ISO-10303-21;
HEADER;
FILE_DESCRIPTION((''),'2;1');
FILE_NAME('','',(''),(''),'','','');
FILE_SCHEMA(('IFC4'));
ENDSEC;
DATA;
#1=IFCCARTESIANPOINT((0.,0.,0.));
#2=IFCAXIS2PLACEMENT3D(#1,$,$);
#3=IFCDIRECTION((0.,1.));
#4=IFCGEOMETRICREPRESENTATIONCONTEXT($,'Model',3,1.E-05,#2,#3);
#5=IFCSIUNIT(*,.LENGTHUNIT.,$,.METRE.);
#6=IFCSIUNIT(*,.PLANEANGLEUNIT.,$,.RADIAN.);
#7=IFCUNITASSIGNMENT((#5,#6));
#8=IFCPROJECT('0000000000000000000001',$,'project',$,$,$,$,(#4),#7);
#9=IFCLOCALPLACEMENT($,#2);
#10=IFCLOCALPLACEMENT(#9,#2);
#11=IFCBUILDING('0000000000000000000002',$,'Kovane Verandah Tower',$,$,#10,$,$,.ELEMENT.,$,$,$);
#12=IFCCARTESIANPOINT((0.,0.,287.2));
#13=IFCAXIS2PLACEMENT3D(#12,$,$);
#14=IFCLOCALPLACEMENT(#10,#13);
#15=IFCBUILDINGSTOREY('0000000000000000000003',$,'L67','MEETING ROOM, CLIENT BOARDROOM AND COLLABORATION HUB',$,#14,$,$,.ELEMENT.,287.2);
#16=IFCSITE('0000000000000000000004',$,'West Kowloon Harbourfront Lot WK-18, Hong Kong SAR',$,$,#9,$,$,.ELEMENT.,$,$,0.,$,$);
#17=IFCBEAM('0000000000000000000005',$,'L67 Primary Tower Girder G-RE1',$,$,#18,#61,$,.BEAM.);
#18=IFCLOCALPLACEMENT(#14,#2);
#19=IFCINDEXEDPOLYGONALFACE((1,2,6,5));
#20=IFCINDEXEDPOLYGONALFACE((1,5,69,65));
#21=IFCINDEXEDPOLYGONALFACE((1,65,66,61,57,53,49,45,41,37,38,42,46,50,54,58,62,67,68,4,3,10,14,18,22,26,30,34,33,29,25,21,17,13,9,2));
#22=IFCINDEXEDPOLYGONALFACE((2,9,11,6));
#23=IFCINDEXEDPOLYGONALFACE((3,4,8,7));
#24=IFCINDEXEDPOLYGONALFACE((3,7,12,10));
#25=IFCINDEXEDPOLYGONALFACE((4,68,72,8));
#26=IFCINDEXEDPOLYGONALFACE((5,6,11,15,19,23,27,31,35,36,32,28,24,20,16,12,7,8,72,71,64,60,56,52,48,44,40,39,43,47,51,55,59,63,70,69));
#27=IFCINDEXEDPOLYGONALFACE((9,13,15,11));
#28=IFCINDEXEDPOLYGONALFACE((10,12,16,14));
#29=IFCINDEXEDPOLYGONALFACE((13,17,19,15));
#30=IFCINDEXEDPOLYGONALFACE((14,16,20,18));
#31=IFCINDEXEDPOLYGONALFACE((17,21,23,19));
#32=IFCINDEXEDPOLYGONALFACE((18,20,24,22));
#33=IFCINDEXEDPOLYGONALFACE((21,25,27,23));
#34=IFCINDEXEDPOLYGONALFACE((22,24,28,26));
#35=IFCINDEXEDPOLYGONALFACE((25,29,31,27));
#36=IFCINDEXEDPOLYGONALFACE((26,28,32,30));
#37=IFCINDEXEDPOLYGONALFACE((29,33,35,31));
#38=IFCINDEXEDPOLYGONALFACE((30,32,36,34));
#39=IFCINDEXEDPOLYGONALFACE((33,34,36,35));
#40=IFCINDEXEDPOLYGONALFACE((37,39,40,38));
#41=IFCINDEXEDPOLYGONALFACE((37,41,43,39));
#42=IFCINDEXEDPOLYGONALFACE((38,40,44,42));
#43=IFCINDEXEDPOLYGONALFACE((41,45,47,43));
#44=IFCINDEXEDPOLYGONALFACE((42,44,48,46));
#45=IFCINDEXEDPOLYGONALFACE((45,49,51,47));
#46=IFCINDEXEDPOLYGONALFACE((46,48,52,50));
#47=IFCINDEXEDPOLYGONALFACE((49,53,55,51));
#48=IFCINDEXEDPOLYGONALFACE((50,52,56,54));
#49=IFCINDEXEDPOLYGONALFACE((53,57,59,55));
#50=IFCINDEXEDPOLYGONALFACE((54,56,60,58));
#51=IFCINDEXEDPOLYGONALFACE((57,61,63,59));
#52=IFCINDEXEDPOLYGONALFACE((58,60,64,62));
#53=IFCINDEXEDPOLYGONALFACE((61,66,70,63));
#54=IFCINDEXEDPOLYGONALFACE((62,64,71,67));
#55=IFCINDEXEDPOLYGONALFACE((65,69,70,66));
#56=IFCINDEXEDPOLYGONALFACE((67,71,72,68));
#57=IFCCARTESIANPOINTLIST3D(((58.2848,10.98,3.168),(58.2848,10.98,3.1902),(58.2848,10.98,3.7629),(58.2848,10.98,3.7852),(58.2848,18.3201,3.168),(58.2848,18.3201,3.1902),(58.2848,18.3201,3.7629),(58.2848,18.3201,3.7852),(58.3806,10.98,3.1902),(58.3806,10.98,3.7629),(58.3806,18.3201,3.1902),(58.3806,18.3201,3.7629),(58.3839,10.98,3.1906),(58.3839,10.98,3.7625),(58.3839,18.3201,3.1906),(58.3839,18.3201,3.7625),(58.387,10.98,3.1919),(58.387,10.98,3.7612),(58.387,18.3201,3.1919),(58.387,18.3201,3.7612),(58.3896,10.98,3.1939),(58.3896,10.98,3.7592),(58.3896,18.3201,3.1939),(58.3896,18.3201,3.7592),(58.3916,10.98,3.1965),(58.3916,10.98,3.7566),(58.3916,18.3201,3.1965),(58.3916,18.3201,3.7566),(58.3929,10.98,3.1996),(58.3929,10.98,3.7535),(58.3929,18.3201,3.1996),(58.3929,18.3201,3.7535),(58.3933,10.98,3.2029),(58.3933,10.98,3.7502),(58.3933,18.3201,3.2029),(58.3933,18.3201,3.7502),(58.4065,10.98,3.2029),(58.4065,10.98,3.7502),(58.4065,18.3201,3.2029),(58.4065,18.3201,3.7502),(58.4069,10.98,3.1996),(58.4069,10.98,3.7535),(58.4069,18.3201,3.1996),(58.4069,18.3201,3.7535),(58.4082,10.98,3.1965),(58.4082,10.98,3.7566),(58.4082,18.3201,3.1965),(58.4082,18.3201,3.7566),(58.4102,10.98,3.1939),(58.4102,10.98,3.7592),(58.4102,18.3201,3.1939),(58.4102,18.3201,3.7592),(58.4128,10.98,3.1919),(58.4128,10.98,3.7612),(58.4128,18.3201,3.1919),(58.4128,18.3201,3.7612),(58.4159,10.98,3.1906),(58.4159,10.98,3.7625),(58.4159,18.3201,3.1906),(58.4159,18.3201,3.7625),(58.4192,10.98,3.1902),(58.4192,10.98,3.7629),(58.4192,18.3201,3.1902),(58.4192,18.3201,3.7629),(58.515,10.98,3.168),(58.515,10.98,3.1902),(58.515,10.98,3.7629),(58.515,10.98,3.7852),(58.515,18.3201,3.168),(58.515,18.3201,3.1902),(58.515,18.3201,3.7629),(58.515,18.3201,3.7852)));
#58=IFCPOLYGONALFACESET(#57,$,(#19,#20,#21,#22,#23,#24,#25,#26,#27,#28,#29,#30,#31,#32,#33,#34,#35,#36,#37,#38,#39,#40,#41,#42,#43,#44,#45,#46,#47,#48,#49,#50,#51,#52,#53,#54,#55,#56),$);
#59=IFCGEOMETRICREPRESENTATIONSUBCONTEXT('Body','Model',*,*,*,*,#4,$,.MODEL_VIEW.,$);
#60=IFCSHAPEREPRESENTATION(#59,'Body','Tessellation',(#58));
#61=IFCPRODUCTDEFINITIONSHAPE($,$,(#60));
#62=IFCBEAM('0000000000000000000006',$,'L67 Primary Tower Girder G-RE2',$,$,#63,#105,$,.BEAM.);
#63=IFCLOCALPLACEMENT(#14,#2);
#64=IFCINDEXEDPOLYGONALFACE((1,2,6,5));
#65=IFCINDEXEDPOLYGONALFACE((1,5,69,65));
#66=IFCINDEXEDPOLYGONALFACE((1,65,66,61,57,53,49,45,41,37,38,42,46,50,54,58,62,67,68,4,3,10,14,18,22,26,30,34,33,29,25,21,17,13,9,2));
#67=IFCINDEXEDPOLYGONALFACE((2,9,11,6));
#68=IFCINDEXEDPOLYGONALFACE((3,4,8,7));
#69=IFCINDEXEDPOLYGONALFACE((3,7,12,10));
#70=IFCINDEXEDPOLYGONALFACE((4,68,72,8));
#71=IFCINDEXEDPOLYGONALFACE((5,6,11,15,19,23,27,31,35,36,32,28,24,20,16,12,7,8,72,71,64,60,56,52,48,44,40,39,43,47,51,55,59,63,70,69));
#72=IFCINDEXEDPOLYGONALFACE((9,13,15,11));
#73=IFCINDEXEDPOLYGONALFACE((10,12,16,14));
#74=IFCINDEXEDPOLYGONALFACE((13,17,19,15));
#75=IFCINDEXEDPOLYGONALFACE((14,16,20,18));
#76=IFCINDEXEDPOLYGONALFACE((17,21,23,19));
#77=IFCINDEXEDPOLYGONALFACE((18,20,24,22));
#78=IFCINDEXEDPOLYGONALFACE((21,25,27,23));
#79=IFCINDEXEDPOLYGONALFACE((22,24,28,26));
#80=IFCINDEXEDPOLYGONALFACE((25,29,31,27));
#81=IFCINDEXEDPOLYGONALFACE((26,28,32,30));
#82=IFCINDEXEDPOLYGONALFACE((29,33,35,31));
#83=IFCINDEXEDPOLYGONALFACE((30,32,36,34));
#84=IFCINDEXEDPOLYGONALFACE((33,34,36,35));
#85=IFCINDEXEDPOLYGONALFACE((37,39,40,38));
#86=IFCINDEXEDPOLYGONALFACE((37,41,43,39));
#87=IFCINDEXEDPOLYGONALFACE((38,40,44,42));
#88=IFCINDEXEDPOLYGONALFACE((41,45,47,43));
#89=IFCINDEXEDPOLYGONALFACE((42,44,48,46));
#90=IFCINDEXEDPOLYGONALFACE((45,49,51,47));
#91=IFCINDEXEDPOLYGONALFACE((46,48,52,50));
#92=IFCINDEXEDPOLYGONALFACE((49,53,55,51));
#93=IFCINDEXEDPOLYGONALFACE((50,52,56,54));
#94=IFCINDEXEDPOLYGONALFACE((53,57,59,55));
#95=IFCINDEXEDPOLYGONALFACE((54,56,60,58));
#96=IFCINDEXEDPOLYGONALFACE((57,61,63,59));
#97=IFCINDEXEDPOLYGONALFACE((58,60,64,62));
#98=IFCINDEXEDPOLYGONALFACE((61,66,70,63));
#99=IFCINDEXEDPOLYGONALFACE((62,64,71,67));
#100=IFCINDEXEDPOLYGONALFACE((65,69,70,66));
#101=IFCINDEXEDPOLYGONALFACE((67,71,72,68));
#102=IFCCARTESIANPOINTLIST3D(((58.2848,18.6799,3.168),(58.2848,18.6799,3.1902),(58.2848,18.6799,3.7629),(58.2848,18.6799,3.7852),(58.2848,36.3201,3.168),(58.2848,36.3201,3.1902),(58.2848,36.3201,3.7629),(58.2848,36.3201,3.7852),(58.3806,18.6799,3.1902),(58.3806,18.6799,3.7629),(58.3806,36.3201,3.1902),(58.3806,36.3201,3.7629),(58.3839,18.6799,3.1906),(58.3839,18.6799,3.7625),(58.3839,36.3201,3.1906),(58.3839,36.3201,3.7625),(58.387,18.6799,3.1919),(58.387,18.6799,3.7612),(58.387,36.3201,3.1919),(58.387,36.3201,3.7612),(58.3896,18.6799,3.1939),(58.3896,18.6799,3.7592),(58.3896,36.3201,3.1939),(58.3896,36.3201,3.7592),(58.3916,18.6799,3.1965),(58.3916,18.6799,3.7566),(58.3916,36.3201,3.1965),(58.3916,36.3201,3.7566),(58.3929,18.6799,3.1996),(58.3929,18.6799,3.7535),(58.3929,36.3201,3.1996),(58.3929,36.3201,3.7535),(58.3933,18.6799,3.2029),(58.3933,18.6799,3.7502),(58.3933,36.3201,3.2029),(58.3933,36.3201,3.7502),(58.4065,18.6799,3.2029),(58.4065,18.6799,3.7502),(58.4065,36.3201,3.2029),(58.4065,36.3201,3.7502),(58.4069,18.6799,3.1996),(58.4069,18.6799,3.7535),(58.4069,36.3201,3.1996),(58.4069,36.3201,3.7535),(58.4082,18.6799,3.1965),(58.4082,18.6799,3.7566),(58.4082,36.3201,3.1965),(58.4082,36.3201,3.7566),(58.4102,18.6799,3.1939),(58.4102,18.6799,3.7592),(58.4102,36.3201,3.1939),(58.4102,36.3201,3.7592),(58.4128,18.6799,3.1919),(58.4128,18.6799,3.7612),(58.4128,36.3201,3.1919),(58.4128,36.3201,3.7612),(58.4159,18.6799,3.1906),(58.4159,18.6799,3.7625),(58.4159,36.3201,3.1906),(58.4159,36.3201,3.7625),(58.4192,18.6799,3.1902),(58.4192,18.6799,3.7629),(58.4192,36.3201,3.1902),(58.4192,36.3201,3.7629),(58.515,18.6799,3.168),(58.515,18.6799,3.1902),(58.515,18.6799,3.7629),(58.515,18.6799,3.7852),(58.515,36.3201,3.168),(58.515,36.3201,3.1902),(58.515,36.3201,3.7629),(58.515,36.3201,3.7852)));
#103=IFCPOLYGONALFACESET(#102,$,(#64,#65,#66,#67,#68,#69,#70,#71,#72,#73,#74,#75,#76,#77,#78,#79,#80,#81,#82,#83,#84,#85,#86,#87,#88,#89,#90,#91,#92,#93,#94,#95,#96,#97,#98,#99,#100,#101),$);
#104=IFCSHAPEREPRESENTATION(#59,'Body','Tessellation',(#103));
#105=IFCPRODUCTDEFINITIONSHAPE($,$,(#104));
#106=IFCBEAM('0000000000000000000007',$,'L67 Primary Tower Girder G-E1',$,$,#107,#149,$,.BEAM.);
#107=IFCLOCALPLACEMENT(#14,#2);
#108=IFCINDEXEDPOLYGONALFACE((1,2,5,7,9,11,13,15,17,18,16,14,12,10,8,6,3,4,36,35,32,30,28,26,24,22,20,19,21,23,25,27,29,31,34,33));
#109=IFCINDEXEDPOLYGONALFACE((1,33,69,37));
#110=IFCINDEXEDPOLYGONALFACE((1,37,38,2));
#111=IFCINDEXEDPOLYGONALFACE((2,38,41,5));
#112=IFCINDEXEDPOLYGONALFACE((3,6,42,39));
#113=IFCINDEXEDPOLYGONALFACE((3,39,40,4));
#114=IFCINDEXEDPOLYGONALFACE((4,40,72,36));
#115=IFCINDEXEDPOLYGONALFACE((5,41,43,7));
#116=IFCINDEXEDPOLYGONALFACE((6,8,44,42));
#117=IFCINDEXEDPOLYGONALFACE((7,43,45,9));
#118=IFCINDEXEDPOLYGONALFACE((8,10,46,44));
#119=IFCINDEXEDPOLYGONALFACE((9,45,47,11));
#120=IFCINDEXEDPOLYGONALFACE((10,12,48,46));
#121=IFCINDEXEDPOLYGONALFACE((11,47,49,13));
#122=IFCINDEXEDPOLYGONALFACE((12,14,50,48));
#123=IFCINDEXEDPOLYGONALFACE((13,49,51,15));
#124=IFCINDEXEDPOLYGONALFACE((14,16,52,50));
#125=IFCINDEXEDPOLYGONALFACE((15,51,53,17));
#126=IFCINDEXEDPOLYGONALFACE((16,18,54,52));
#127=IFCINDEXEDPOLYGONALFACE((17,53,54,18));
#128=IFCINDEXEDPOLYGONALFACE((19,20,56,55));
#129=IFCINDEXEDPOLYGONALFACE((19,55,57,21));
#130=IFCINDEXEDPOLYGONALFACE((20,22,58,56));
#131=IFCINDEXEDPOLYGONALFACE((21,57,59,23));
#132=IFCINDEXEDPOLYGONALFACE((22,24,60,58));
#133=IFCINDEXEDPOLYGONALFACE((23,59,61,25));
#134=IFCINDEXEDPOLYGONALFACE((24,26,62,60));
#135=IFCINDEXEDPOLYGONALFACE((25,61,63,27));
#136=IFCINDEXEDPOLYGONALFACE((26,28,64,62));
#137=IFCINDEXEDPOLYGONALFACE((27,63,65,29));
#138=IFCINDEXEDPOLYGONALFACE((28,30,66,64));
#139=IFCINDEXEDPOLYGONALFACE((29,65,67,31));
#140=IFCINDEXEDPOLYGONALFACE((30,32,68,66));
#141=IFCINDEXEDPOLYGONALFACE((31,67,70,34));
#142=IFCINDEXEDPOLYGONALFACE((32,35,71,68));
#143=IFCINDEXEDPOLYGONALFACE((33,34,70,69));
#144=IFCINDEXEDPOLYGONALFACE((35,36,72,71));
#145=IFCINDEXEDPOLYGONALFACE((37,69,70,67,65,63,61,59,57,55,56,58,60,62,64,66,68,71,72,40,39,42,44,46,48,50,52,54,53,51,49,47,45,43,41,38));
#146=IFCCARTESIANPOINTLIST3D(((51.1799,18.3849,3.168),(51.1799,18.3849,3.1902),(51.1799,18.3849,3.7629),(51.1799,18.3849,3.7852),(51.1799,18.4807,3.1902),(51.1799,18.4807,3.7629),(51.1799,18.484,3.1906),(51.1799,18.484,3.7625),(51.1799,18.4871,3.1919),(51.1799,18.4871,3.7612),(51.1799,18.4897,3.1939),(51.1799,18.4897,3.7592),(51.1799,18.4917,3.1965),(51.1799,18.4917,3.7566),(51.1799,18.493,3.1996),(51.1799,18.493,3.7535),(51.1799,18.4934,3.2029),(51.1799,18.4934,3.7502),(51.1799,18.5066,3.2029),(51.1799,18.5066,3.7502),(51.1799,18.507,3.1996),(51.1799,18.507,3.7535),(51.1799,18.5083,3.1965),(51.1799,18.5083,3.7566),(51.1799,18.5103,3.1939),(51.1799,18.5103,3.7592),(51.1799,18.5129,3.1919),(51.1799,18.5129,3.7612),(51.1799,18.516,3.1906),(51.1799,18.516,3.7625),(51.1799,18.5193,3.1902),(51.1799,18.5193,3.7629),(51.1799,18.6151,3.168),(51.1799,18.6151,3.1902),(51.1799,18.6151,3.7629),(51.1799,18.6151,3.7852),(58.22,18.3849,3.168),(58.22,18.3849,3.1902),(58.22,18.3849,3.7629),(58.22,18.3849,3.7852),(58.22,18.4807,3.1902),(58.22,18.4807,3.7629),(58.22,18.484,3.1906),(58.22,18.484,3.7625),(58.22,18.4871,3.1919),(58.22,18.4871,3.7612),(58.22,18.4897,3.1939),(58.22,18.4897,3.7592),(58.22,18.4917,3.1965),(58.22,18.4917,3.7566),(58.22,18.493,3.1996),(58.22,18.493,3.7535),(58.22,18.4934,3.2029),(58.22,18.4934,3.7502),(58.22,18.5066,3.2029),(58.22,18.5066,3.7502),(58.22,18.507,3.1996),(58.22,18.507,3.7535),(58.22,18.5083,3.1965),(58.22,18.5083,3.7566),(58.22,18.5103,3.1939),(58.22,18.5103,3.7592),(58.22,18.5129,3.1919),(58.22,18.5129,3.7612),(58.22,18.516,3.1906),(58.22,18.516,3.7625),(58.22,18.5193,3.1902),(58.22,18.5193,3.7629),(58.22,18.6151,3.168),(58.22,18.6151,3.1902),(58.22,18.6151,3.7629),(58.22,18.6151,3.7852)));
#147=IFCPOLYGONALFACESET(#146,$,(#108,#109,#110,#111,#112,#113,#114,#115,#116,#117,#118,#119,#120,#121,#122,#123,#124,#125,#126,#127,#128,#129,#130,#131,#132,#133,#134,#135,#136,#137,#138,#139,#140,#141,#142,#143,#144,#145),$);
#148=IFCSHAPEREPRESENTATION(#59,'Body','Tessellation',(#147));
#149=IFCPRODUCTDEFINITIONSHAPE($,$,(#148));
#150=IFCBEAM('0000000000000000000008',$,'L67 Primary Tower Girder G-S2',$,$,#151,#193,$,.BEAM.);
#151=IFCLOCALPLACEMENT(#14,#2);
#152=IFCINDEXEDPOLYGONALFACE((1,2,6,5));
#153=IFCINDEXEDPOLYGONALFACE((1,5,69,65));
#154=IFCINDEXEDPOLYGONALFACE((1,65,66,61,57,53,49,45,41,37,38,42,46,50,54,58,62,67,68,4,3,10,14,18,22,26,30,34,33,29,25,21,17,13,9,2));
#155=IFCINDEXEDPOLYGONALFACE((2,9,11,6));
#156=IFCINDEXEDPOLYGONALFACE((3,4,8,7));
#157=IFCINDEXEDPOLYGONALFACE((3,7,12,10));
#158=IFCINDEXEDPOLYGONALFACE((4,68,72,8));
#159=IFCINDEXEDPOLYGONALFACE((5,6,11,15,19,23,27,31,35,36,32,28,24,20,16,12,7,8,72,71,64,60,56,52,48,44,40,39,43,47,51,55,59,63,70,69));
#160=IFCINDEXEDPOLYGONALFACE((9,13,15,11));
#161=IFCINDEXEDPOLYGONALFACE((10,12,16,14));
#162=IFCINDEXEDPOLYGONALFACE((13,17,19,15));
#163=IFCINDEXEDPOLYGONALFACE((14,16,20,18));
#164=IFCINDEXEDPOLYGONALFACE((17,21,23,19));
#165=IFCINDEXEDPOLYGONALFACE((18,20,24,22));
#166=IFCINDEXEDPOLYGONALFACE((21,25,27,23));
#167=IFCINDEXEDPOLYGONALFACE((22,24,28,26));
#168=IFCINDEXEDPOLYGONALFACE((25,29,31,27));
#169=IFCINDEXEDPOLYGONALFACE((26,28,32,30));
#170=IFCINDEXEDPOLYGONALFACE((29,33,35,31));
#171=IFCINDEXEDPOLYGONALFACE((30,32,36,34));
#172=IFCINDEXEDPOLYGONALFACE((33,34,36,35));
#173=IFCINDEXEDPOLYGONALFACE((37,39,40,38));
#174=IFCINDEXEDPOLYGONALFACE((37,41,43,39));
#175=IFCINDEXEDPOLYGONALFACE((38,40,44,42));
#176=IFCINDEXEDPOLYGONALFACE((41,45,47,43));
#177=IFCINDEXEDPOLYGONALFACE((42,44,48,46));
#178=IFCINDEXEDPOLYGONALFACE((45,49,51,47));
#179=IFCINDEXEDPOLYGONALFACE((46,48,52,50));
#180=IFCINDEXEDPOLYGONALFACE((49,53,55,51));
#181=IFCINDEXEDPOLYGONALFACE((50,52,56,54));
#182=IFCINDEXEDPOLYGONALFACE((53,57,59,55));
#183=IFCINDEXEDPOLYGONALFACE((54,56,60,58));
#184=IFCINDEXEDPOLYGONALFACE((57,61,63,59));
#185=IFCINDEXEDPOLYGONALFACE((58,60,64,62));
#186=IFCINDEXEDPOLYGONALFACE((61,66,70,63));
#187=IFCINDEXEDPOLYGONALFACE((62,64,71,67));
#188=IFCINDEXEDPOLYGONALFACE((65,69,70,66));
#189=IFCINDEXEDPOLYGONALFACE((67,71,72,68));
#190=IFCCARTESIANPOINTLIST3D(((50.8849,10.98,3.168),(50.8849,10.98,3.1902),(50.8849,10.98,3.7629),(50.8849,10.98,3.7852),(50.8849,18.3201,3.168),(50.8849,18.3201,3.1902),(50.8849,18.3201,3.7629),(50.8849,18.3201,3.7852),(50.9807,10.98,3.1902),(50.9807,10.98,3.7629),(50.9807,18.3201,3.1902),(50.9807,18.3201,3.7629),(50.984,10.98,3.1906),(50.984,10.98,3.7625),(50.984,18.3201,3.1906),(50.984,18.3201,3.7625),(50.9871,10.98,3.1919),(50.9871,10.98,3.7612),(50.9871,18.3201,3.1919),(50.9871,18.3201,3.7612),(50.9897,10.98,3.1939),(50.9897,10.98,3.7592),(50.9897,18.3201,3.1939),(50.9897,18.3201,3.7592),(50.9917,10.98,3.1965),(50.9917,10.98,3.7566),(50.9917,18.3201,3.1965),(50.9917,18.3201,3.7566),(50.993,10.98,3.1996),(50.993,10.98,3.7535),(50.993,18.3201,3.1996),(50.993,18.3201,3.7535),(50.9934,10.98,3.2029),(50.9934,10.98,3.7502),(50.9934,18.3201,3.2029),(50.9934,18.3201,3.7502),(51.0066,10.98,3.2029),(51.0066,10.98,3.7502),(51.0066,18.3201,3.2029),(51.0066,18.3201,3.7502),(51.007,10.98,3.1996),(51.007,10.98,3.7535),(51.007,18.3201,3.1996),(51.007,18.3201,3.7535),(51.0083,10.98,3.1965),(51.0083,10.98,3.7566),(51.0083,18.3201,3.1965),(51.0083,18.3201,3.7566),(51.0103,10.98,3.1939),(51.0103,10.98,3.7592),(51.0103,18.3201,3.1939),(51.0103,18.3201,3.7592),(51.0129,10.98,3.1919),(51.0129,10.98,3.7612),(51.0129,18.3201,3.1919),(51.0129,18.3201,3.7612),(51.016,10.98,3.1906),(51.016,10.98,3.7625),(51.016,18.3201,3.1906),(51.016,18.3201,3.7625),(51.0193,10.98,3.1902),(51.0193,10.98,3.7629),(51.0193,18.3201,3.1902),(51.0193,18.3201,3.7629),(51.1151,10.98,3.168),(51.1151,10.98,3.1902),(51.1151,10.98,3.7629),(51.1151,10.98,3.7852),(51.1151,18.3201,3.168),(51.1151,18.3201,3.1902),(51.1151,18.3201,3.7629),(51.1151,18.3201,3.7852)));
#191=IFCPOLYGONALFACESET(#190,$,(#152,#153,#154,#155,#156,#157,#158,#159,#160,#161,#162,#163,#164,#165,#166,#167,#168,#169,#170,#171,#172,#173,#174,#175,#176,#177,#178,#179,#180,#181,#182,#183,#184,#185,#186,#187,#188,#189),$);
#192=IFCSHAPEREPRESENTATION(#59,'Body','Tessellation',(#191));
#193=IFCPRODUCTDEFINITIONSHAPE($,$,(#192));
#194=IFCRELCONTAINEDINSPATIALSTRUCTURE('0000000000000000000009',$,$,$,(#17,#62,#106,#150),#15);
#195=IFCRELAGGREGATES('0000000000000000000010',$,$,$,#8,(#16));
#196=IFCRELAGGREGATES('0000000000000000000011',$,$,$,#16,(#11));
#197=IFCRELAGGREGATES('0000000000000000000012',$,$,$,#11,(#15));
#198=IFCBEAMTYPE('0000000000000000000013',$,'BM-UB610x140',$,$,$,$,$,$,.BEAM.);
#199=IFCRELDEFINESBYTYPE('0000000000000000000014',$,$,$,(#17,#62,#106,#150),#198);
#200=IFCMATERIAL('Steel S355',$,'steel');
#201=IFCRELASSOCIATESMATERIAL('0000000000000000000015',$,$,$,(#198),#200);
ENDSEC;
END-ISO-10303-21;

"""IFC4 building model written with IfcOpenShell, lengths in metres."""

from ifc_helpers import new_model, si_unit, direction, frame, origin, origin_2d, place, context, subcontext, project, spatial, i_section, extrude, material, material_profile, profile_set, type_object, element, save


model = new_model("IFC4")

# Units and contexts
model_context = context("Model", 3, precision=1e-05, world=origin(), true_north=direction((0.0, 1.0)))
body_context = subcontext(model_context, "Body", "Model", "MODEL_VIEW")
ifc_project = project(units=[si_unit("LENGTHUNIT", "METRE"), si_unit("PLANEANGLEUNIT", "RADIAN")], contexts=[model_context])

# Site, building, storey
site_placement = place(None, origin())
site = spatial("IfcSite", under=ifc_project, at=site_placement, Name="West Kowloon Harbourfront Lot WK-18, Hong Kong SAR", CompositionType="ELEMENT", RefElevation=0.0)
building_placement = place(site_placement, origin())
building = spatial("IfcBuilding", under=site, at=building_placement, Name="Kovane Verandah Tower", CompositionType="ELEMENT")
storey_placement = place(building_placement, frame((0.0, 0.0, 287.2)))
storey = spatial("IfcBuildingStorey", under=building, at=storey_placement, Name="L67", Description="MEETING ROOM, CLIENT BOARDROOM AND COLLABORATION HUB", CompositionType="ELEMENT", Elevation=287.2)

# Beams
ifc_material_1 = material(Name="Steel S355", Category="steel")
ifc_material_profile_1 = material_profile(ifc_material_1, i_section(OverallWidth=0.2302, OverallDepth=0.6172, WebThickness=0.0132, FlangeThickness=0.0222, FilletRadius=0.0127, at=origin_2d()), Name="UB610x229x140")
ifc_profile_set_1 = profile_set([ifc_material_profile_1], Name="Steel S355")
beam_type_1 = type_object("IfcBeamType", Name="BM-UB610x140", PredefinedType="BEAM", material=ifc_profile_set_1)
beam_1_placement = place(storey_placement, frame((58.3999, 10.98, 3.4766), z_axis=(0.0, 1.0, 0.0), x_axis=(-1.0, 0.0, 0.0)))
element("IfcBeam", 1, at=beam_1_placement, inside=storey, type_object=beam_type_1, Name="L67 Primary Tower Girder G-RE1", PredefinedType="BEAM", context=body_context, shape_type="SweptSolid", body=[
    extrude(i_section(OverallWidth=0.2302, OverallDepth=0.6172, WebThickness=0.0132, FlangeThickness=0.0222, FilletRadius=0.0127, at=origin_2d()), origin(), (0.0, 0.0, 1.0), 7.3401),
])
beam_2_placement = place(storey_placement, frame((58.3999, 18.6799, 3.4766), z_axis=(0.0, 1.0, 0.0), x_axis=(-1.0, 0.0, 0.0)))
element("IfcBeam", 2, at=beam_2_placement, inside=storey, type_object=beam_type_1, Name="L67 Primary Tower Girder G-RE2", PredefinedType="BEAM", context=body_context, shape_type="SweptSolid", body=[
    extrude(i_section(OverallWidth=0.2302, OverallDepth=0.6172, WebThickness=0.0132, FlangeThickness=0.0222, FilletRadius=0.0127, at=origin_2d()), origin(), (0.0, 0.0, 1.0), 17.6401),
])
beam_3_placement = place(storey_placement, frame((51.1799, 18.5, 3.4766), z_axis=(1.0, 0.0, 0.0), x_axis=(0.0, 1.0, 0.0)))
element("IfcBeam", 3, at=beam_3_placement, inside=storey, type_object=beam_type_1, Name="L67 Primary Tower Girder G-E1", PredefinedType="BEAM", context=body_context, shape_type="SweptSolid", body=[
    extrude(i_section(OverallWidth=0.2302, OverallDepth=0.6172, WebThickness=0.0132, FlangeThickness=0.0222, FilletRadius=0.0127, at=origin_2d()), origin(), (0.0, 0.0, 1.0), 7.04),
])
beam_4_placement = place(storey_placement, frame((51.0, 18.3201, 3.4766), z_axis=(0.0, -1.0, 0.0), x_axis=(1.0, 0.0, 0.0)))
element("IfcBeam", 4, at=beam_4_placement, inside=storey, type_object=beam_type_1, Name="L67 Primary Tower Girder G-S2", PredefinedType="BEAM", context=body_context, shape_type="SweptSolid", body=[
    extrude(i_section(OverallWidth=0.2302, OverallDepth=0.6172, WebThickness=0.0132, FlangeThickness=0.0222, FilletRadius=0.0127, at=origin_2d()), origin(), (0.0, 0.0, 1.0), 7.3401),
])

save(model, "model.ifc")
